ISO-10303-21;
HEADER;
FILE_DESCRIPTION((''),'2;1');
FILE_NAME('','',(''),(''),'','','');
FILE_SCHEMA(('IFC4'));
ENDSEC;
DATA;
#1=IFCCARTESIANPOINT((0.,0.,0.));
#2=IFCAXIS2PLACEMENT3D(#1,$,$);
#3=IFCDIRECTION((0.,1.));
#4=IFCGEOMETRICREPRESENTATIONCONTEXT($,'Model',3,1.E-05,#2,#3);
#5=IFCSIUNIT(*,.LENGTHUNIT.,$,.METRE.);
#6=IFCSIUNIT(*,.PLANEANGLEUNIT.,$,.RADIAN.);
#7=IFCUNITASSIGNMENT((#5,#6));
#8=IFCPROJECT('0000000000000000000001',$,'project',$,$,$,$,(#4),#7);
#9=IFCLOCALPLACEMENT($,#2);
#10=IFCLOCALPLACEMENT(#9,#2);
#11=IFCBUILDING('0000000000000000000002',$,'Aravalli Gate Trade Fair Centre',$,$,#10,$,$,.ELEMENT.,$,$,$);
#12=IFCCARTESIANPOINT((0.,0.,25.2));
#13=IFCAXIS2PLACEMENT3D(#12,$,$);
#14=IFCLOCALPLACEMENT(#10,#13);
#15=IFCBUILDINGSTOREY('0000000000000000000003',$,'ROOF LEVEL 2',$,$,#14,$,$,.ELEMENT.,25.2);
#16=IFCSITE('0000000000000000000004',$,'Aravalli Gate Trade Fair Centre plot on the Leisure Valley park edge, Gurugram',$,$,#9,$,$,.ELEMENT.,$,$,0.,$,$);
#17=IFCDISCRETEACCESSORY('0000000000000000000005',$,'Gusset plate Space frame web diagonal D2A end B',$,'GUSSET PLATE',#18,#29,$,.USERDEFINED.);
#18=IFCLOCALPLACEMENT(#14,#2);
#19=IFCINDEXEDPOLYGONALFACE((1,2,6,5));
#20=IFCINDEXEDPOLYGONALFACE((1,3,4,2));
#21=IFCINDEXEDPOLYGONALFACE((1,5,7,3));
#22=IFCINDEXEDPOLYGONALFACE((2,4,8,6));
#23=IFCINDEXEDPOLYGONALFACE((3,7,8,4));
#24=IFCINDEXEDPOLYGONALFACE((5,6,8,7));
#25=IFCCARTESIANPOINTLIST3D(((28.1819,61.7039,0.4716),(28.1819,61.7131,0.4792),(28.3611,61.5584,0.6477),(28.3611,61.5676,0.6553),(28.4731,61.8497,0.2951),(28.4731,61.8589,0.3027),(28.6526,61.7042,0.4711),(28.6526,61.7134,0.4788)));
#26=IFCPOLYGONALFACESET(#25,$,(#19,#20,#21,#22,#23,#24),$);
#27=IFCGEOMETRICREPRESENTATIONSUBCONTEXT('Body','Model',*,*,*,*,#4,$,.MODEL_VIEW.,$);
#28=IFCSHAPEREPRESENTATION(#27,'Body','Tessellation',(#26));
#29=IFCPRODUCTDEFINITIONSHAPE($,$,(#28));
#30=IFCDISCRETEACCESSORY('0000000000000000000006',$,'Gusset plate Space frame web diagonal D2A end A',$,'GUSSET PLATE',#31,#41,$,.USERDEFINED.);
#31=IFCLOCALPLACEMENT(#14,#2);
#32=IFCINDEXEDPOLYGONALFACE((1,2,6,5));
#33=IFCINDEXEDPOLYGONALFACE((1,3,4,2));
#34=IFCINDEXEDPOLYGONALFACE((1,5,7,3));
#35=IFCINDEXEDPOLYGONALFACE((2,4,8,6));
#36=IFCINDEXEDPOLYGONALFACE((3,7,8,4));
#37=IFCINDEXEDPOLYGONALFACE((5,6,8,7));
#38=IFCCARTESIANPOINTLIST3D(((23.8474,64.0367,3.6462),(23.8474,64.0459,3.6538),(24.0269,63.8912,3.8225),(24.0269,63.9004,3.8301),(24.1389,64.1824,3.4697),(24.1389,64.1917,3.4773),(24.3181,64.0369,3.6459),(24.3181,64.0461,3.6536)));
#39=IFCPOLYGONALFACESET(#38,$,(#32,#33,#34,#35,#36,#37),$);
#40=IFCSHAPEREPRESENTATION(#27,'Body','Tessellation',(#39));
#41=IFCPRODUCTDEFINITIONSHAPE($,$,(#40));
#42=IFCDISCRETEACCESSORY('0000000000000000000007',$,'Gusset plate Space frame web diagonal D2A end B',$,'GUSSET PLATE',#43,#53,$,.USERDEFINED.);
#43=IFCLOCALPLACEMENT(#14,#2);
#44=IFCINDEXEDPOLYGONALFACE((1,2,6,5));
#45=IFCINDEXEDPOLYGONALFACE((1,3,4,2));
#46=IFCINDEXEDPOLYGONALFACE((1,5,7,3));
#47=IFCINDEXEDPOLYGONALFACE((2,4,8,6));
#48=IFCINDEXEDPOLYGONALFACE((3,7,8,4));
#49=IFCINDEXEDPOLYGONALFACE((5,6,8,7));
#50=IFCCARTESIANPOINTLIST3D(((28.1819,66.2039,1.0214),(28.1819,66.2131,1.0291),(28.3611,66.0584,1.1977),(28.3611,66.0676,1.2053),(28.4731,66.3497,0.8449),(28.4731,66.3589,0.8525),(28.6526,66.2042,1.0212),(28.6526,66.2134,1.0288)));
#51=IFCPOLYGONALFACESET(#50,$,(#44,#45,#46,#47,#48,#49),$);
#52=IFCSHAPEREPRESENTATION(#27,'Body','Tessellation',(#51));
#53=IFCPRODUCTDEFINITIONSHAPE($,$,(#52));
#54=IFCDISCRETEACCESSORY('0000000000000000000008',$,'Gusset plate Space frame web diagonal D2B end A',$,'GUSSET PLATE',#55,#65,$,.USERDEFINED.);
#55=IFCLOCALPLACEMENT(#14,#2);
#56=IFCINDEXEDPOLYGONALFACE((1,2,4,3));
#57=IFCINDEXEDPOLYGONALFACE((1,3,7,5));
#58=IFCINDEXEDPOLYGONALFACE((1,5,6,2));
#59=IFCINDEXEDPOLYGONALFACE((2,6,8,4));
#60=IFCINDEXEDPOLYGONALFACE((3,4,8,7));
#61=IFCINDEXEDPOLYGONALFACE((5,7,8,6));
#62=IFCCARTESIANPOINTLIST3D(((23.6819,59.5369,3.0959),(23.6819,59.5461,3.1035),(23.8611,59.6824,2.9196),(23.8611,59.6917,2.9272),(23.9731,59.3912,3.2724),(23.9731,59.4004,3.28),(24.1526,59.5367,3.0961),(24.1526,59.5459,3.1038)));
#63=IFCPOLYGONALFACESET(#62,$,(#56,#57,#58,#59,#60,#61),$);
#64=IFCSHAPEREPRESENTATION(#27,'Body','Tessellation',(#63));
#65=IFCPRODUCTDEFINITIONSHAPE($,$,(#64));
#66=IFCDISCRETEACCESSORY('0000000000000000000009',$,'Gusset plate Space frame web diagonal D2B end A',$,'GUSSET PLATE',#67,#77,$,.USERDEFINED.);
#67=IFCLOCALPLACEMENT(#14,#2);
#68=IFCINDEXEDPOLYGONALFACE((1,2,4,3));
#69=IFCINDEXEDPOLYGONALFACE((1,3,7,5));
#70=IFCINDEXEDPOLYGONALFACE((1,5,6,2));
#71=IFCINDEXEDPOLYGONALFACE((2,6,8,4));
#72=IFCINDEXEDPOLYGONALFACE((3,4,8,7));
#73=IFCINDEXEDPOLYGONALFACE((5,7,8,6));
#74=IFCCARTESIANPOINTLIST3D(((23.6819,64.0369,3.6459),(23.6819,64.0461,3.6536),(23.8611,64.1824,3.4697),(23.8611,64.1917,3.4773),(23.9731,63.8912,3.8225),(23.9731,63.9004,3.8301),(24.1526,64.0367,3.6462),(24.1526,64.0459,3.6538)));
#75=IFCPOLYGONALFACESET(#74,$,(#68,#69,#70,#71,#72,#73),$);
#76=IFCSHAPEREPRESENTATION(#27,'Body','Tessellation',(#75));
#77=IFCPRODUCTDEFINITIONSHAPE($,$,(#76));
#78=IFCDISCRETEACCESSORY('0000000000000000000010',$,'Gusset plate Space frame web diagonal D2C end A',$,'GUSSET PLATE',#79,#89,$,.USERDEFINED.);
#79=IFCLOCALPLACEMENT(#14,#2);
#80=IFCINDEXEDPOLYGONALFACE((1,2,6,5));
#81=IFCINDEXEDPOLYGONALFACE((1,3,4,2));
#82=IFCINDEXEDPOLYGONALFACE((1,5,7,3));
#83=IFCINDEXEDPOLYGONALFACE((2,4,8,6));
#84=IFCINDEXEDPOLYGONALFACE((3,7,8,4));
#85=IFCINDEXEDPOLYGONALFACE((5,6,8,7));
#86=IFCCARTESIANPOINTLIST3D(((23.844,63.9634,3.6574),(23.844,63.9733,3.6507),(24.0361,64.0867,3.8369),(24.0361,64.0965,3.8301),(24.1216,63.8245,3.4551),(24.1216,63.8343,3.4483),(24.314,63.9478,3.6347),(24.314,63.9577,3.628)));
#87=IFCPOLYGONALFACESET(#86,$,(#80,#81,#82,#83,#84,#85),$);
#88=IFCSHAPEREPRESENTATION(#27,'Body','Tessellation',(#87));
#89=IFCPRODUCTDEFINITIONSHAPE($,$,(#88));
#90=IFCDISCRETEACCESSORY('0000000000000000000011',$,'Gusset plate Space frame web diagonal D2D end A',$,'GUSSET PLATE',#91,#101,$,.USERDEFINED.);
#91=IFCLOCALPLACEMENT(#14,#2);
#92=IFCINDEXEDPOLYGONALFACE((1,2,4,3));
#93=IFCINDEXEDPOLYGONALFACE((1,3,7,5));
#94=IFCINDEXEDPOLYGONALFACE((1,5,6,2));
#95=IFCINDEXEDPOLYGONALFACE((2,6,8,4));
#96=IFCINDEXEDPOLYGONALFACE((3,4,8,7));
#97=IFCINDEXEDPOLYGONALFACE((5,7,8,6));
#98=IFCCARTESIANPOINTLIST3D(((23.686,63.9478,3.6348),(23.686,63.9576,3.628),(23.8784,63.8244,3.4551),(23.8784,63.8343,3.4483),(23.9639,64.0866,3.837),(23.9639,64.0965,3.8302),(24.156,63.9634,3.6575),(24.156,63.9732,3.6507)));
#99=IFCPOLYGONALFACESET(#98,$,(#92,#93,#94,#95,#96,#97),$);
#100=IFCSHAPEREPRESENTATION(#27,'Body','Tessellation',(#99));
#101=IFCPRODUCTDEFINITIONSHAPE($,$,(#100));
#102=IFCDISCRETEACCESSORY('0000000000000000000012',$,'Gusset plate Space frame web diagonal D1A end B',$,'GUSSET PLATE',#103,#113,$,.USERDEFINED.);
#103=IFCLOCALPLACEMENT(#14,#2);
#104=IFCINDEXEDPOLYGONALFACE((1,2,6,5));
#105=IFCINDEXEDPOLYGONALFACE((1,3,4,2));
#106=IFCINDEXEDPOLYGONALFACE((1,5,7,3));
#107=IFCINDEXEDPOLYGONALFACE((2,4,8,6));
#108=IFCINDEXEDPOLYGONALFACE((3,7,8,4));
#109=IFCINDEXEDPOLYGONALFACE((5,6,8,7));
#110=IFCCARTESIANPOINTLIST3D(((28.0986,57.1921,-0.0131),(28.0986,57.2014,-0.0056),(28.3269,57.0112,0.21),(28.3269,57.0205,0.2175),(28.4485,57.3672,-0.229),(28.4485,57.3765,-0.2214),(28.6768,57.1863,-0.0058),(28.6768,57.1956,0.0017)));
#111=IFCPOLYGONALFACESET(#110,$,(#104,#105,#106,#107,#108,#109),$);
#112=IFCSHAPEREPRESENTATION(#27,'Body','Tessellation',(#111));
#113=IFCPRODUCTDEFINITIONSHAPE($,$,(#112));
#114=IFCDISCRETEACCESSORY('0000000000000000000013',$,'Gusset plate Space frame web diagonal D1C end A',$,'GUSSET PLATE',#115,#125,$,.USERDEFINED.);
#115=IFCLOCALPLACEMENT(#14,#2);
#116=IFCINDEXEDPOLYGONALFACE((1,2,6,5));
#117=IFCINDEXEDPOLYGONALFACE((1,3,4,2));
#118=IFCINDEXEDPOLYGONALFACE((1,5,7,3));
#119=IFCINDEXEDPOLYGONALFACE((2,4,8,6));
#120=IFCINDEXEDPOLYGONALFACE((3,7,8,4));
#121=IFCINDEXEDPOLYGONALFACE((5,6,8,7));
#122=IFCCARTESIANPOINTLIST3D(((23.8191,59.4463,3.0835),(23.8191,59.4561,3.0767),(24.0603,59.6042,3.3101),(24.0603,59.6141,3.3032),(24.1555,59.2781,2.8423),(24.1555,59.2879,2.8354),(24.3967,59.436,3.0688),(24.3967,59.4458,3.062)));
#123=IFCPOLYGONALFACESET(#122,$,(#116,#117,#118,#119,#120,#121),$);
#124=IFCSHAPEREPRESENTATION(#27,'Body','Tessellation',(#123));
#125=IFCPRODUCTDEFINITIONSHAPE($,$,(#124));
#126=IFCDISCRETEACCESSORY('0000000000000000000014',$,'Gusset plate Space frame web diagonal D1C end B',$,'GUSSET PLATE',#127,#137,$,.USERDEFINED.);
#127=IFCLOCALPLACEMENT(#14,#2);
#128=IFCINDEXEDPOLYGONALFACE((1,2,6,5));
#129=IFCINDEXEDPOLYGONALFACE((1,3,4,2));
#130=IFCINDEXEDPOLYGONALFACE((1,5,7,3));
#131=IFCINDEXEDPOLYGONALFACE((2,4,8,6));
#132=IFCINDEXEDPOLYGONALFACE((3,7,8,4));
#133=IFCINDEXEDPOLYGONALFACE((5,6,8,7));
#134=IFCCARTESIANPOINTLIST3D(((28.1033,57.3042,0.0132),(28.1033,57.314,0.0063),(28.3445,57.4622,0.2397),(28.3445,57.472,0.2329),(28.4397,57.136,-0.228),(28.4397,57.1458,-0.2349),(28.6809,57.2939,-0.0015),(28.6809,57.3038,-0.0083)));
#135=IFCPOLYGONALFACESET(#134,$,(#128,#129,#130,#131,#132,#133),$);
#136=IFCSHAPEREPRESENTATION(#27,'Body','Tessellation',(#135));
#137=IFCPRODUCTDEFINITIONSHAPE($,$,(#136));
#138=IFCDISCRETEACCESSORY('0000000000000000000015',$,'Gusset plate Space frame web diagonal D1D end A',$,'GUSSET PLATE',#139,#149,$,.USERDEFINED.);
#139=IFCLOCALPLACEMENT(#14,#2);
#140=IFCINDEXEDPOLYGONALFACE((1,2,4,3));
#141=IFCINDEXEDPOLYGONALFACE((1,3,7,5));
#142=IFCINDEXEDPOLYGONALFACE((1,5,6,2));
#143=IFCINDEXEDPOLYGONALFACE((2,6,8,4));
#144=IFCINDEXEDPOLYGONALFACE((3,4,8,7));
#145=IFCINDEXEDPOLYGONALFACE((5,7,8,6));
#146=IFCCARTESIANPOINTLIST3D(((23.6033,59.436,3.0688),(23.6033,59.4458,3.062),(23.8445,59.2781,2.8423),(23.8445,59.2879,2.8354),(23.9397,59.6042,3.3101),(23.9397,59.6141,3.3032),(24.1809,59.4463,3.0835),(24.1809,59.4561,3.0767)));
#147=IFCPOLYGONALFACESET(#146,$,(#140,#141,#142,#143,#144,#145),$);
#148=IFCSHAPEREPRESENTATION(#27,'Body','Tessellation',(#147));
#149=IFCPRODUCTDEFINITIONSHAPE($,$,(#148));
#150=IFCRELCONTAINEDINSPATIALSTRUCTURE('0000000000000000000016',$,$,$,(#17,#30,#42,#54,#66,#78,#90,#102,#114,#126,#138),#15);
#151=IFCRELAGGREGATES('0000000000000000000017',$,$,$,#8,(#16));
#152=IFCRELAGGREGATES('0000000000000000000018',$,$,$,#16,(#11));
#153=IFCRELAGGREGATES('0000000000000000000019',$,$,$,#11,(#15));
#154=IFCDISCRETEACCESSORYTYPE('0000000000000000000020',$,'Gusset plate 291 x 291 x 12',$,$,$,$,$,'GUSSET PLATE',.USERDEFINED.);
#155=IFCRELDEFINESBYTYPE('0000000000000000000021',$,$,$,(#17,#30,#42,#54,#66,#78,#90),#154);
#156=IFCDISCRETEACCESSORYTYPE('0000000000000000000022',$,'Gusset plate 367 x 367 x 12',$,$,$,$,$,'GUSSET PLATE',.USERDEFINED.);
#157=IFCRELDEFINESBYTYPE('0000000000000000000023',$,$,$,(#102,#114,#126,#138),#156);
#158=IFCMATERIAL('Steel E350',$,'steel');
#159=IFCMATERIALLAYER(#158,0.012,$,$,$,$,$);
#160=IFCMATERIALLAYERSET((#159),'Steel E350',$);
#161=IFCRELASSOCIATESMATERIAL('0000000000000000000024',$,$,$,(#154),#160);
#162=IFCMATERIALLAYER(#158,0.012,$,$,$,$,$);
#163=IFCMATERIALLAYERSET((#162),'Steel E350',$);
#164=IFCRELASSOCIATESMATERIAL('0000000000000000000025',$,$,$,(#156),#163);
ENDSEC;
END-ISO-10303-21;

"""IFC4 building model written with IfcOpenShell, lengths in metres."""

from ifc_helpers import new_model, si_unit, direction, frame, origin, place, context, subcontext, project, spatial, polyline, outline, extrude, material, layer, layer_set, type_object, element, save


model = new_model("IFC4")

# Units and contexts
model_context = context("Model", 3, precision=1e-05, world=origin(), true_north=direction((0.0, 1.0)))
body_context = subcontext(model_context, "Body", "Model", "MODEL_VIEW")
ifc_project = project(units=[si_unit("LENGTHUNIT", "METRE"), si_unit("PLANEANGLEUNIT", "RADIAN")], contexts=[model_context])

# Site, building, storey
site_placement = place(None, origin())
site = spatial("IfcSite", under=ifc_project, at=site_placement, Name="Aravalli Gate Trade Fair Centre plot on the Leisure Valley park edge, Gurugram", CompositionType="ELEMENT", RefElevation=0.0)
building_placement = place(site_placement, origin())
building = spatial("IfcBuilding", under=site, at=building_placement, Name="Aravalli Gate Trade Fair Centre", CompositionType="ELEMENT")
storey_placement = place(building_placement, frame((0.0, 0.0, 25.2)))
storey = spatial("IfcBuildingStorey", under=building, at=storey_placement, Name="ROOF LEVEL 2", CompositionType="ELEMENT", Elevation=25.2)

# Shared definitions
ifc_material_1 = material(Name="Steel E350", Category="steel")

# Discrete accessories
ifc_layer_1 = layer(ifc_material_1, 0.012)
ifc_layer_set_1 = layer_set([ifc_layer_1], Name="Steel E350")
discrete_accessory_type_1 = type_object("IfcDiscreteAccessoryType", Name="Gusset plate 291 x 291 x 12", ElementType="GUSSET PLATE", PredefinedType="USERDEFINED", material=ifc_layer_set_1)
discrete_accessory_1_placement = place(storey_placement, frame((28.1819, 61.7131, 0.4792), z_axis=(0.000261, 0.770887, 0.636972), x_axis=(0.786233, 0.393446, -0.476485)))
element("IfcDiscreteAccessory", 1, at=discrete_accessory_1_placement, inside=storey, type_object=discrete_accessory_type_1, Name="Gusset plate Space frame web diagonal D2A end B", ObjectType="GUSSET PLATE", PredefinedType="USERDEFINED", context=body_context, shape_type="SweptSolid", body=[
    extrude(outline(polyline([(0.0, 0.0), (0.3704, 0.0), (0.3704, -0.2904), (-0.0002, -0.2903), (0.0, 0.0)])), origin(), (0.0, 0.0, -1.0), 0.012),
])
discrete_accessory_2_placement = place(storey_placement, frame((24.1389, 64.1917, 3.4773), z_axis=(-0.00007, 0.771155, 0.636648), x_axis=(-0.786484, -0.393242, 0.476238)))
element("IfcDiscreteAccessory", 2, at=discrete_accessory_2_placement, inside=storey, type_object=discrete_accessory_type_1, Name="Gusset plate Space frame web diagonal D2A end A", ObjectType="GUSSET PLATE", PredefinedType="USERDEFINED", context=body_context, shape_type="SweptSolid", body=[
    extrude(outline(polyline([(0.0, 0.0), (0.3706, 0.0), (0.3707, 0.2906), (0.0002, 0.2904), (0.0, 0.0)])), origin(), (0.0, 0.0, -1.0), 0.012),
])
discrete_accessory_3_placement = place(storey_placement, frame((28.1819, 66.2131, 1.0291), z_axis=(-0.00007, 0.771155, 0.636648), x_axis=(0.786233, 0.393446, -0.476485)))
element("IfcDiscreteAccessory", 3, at=discrete_accessory_3_placement, inside=storey, type_object=discrete_accessory_type_1, Name="Gusset plate Space frame web diagonal D2A end B", ObjectType="GUSSET PLATE", PredefinedType="USERDEFINED", context=body_context, shape_type="SweptSolid", body=[
    extrude(outline(polyline([(0.0, 0.0), (0.3704, 0.0), (0.3703, -0.2906), (-0.0003, -0.2904), (0.0, 0.0)])), origin(), (0.0, 0.0, -1.0), 0.012),
])
for number, where, z_axis, x_axis, name in (
    (4, (23.6819, 59.5461, 3.1035), (0.00007, 0.771155, 0.636648), (0.786233, -0.393446, 0.476485), "Gusset plate Space frame web diagonal D2B end A"),
    (5, (23.6819, 64.0461, 3.6536), (0.00007, 0.771155, 0.636648), (0.786233, -0.393446, 0.476485), "Gusset plate Space frame web diagonal D2B end A"),
):
    element("IfcDiscreteAccessory", number, at=place(storey_placement, frame(where, z_axis=z_axis, x_axis=x_axis)), inside=storey, type_object=discrete_accessory_type_1, Name=name, ObjectType="GUSSET PLATE", PredefinedType="USERDEFINED", context=body_context, shape_type="SweptSolid", body=[
        extrude(outline(polyline([(0.0, 0.0), (0.3704, 0.0), (0.3703, 0.2906), (-0.0003, 0.2904), (0.0, 0.0)])), origin(), (0.0, 0.0, -1.0), 0.012),
    ])
discrete_accessory_4_placement = place(storey_placement, frame((24.1216, 63.8245, 3.4551), z_axis=(-0.000059, -0.824356, 0.566072), x_axis=(-0.749102, 0.375034, 0.546073)))
element("IfcDiscreteAccessory", 6, at=discrete_accessory_4_placement, inside=storey, type_object=discrete_accessory_type_1, Name="Gusset plate Space frame web diagonal D2C end A", ObjectType="GUSSET PLATE", PredefinedType="USERDEFINED", context=body_context, shape_type="SweptSolid", body=[
    extrude(outline(polyline([(0.0, 0.0), (0.3706, 0.0), (0.3709, -0.2904), (0.0002, -0.2907), (0.0, 0.0)])), origin(), (0.0, 0.0, -1.0), 0.012),
])
discrete_accessory_5_placement = place(storey_placement, frame((23.686, 63.9478, 3.6348), z_axis=(0.000059, -0.824356, 0.566072), x_axis=(0.74966, 0.374676, 0.545552)))
element("IfcDiscreteAccessory", 7, at=discrete_accessory_5_placement, inside=storey, type_object=discrete_accessory_type_1, Name="Gusset plate Space frame web diagonal D2D end A", ObjectType="GUSSET PLATE", PredefinedType="USERDEFINED", context=body_context, shape_type="SweptSolid", body=[
    extrude(outline(polyline([(0.0, 0.0), (0.3706, 0.0), (0.3706, -0.2904), (0.0, -0.2907), (0.0, 0.0)])), origin(), (0.0, 0.0, -1.0), 0.012),
])
ifc_layer_2 = layer(ifc_material_1, 0.012)
ifc_layer_set_2 = layer_set([ifc_layer_2], Name="Steel E350")
discrete_accessory_type_2 = type_object("IfcDiscreteAccessoryType", Name="Gusset plate 367 x 367 x 12", ElementType="GUSSET PLATE", PredefinedType="USERDEFINED", material=ifc_layer_set_2)
discrete_accessory_6_placement = place(storey_placement, frame((28.0986, 57.2014, -0.0056), z_axis=(-0.000107, 0.776736, 0.629826), x_axis=(0.783044, 0.391795, -0.48305)))
element("IfcDiscreteAccessory", 8, at=discrete_accessory_6_placement, inside=storey, type_object=discrete_accessory_type_2, Name="Gusset plate Space frame web diagonal D1A end B", ObjectType="GUSSET PLATE", PredefinedType="USERDEFINED", context=body_context, shape_type="SweptSolid", body=[
    extrude(outline(polyline([(0.0, 0.0), (0.4468, 0.0), (0.4469, -0.3669), (0.0001, -0.3669), (0.0, 0.0)])), origin(), (0.0, 0.0, -1.0), 0.012),
])
discrete_accessory_7_placement = place(storey_placement, frame((24.1555, 59.2781, 2.8423), z_axis=(-0.000057, -0.820282, 0.57196), x_axis=(-0.75291, 0.376455, 0.539822)))
element("IfcDiscreteAccessory", 9, at=discrete_accessory_7_placement, inside=storey, type_object=discrete_accessory_type_2, Name="Gusset plate Space frame web diagonal D1C end A", ObjectType="GUSSET PLATE", PredefinedType="USERDEFINED", context=body_context, shape_type="SweptSolid", body=[
    extrude(outline(polyline([(0.0, 0.0), (0.4468, 0.0), (0.447, -0.3667), (0.0002, -0.3667), (0.0, 0.0)])), origin(), (0.0, 0.0, -1.0), 0.012),
])
discrete_accessory_8_placement = place(storey_placement, frame((28.1033, 57.3042, 0.0132), z_axis=(-0.000057, -0.820282, 0.57196), x_axis=(0.75291, -0.376455, -0.539822)))
element("IfcDiscreteAccessory", 10, at=discrete_accessory_8_placement, inside=storey, type_object=discrete_accessory_type_2, Name="Gusset plate Space frame web diagonal D1C end B", ObjectType="GUSSET PLATE", PredefinedType="USERDEFINED", context=body_context, shape_type="SweptSolid", body=[
    extrude(outline(polyline([(0.0, 0.0), (0.4468, 0.0), (0.4467, 0.3667), (-0.0002, 0.3667), (0.0, 0.0)])), origin(), (0.0, 0.0, -1.0), 0.012),
])
discrete_accessory_9_placement = place(storey_placement, frame((23.6033, 59.436, 3.0688), z_axis=(0.000057, -0.820282, 0.57196), x_axis=(0.75291, 0.376455, 0.539822)))
element("IfcDiscreteAccessory", 11, at=discrete_accessory_9_placement, inside=storey, type_object=discrete_accessory_type_2, Name="Gusset plate Space frame web diagonal D1D end A", ObjectType="GUSSET PLATE", PredefinedType="USERDEFINED", context=body_context, shape_type="SweptSolid", body=[
    extrude(outline(polyline([(0.0, 0.0), (0.4468, 0.0), (0.4467, -0.3667), (-0.0002, -0.3667), (0.0, 0.0)])), origin(), (0.0, 0.0, -1.0), 0.012),
])

save(model, "model.ifc")
